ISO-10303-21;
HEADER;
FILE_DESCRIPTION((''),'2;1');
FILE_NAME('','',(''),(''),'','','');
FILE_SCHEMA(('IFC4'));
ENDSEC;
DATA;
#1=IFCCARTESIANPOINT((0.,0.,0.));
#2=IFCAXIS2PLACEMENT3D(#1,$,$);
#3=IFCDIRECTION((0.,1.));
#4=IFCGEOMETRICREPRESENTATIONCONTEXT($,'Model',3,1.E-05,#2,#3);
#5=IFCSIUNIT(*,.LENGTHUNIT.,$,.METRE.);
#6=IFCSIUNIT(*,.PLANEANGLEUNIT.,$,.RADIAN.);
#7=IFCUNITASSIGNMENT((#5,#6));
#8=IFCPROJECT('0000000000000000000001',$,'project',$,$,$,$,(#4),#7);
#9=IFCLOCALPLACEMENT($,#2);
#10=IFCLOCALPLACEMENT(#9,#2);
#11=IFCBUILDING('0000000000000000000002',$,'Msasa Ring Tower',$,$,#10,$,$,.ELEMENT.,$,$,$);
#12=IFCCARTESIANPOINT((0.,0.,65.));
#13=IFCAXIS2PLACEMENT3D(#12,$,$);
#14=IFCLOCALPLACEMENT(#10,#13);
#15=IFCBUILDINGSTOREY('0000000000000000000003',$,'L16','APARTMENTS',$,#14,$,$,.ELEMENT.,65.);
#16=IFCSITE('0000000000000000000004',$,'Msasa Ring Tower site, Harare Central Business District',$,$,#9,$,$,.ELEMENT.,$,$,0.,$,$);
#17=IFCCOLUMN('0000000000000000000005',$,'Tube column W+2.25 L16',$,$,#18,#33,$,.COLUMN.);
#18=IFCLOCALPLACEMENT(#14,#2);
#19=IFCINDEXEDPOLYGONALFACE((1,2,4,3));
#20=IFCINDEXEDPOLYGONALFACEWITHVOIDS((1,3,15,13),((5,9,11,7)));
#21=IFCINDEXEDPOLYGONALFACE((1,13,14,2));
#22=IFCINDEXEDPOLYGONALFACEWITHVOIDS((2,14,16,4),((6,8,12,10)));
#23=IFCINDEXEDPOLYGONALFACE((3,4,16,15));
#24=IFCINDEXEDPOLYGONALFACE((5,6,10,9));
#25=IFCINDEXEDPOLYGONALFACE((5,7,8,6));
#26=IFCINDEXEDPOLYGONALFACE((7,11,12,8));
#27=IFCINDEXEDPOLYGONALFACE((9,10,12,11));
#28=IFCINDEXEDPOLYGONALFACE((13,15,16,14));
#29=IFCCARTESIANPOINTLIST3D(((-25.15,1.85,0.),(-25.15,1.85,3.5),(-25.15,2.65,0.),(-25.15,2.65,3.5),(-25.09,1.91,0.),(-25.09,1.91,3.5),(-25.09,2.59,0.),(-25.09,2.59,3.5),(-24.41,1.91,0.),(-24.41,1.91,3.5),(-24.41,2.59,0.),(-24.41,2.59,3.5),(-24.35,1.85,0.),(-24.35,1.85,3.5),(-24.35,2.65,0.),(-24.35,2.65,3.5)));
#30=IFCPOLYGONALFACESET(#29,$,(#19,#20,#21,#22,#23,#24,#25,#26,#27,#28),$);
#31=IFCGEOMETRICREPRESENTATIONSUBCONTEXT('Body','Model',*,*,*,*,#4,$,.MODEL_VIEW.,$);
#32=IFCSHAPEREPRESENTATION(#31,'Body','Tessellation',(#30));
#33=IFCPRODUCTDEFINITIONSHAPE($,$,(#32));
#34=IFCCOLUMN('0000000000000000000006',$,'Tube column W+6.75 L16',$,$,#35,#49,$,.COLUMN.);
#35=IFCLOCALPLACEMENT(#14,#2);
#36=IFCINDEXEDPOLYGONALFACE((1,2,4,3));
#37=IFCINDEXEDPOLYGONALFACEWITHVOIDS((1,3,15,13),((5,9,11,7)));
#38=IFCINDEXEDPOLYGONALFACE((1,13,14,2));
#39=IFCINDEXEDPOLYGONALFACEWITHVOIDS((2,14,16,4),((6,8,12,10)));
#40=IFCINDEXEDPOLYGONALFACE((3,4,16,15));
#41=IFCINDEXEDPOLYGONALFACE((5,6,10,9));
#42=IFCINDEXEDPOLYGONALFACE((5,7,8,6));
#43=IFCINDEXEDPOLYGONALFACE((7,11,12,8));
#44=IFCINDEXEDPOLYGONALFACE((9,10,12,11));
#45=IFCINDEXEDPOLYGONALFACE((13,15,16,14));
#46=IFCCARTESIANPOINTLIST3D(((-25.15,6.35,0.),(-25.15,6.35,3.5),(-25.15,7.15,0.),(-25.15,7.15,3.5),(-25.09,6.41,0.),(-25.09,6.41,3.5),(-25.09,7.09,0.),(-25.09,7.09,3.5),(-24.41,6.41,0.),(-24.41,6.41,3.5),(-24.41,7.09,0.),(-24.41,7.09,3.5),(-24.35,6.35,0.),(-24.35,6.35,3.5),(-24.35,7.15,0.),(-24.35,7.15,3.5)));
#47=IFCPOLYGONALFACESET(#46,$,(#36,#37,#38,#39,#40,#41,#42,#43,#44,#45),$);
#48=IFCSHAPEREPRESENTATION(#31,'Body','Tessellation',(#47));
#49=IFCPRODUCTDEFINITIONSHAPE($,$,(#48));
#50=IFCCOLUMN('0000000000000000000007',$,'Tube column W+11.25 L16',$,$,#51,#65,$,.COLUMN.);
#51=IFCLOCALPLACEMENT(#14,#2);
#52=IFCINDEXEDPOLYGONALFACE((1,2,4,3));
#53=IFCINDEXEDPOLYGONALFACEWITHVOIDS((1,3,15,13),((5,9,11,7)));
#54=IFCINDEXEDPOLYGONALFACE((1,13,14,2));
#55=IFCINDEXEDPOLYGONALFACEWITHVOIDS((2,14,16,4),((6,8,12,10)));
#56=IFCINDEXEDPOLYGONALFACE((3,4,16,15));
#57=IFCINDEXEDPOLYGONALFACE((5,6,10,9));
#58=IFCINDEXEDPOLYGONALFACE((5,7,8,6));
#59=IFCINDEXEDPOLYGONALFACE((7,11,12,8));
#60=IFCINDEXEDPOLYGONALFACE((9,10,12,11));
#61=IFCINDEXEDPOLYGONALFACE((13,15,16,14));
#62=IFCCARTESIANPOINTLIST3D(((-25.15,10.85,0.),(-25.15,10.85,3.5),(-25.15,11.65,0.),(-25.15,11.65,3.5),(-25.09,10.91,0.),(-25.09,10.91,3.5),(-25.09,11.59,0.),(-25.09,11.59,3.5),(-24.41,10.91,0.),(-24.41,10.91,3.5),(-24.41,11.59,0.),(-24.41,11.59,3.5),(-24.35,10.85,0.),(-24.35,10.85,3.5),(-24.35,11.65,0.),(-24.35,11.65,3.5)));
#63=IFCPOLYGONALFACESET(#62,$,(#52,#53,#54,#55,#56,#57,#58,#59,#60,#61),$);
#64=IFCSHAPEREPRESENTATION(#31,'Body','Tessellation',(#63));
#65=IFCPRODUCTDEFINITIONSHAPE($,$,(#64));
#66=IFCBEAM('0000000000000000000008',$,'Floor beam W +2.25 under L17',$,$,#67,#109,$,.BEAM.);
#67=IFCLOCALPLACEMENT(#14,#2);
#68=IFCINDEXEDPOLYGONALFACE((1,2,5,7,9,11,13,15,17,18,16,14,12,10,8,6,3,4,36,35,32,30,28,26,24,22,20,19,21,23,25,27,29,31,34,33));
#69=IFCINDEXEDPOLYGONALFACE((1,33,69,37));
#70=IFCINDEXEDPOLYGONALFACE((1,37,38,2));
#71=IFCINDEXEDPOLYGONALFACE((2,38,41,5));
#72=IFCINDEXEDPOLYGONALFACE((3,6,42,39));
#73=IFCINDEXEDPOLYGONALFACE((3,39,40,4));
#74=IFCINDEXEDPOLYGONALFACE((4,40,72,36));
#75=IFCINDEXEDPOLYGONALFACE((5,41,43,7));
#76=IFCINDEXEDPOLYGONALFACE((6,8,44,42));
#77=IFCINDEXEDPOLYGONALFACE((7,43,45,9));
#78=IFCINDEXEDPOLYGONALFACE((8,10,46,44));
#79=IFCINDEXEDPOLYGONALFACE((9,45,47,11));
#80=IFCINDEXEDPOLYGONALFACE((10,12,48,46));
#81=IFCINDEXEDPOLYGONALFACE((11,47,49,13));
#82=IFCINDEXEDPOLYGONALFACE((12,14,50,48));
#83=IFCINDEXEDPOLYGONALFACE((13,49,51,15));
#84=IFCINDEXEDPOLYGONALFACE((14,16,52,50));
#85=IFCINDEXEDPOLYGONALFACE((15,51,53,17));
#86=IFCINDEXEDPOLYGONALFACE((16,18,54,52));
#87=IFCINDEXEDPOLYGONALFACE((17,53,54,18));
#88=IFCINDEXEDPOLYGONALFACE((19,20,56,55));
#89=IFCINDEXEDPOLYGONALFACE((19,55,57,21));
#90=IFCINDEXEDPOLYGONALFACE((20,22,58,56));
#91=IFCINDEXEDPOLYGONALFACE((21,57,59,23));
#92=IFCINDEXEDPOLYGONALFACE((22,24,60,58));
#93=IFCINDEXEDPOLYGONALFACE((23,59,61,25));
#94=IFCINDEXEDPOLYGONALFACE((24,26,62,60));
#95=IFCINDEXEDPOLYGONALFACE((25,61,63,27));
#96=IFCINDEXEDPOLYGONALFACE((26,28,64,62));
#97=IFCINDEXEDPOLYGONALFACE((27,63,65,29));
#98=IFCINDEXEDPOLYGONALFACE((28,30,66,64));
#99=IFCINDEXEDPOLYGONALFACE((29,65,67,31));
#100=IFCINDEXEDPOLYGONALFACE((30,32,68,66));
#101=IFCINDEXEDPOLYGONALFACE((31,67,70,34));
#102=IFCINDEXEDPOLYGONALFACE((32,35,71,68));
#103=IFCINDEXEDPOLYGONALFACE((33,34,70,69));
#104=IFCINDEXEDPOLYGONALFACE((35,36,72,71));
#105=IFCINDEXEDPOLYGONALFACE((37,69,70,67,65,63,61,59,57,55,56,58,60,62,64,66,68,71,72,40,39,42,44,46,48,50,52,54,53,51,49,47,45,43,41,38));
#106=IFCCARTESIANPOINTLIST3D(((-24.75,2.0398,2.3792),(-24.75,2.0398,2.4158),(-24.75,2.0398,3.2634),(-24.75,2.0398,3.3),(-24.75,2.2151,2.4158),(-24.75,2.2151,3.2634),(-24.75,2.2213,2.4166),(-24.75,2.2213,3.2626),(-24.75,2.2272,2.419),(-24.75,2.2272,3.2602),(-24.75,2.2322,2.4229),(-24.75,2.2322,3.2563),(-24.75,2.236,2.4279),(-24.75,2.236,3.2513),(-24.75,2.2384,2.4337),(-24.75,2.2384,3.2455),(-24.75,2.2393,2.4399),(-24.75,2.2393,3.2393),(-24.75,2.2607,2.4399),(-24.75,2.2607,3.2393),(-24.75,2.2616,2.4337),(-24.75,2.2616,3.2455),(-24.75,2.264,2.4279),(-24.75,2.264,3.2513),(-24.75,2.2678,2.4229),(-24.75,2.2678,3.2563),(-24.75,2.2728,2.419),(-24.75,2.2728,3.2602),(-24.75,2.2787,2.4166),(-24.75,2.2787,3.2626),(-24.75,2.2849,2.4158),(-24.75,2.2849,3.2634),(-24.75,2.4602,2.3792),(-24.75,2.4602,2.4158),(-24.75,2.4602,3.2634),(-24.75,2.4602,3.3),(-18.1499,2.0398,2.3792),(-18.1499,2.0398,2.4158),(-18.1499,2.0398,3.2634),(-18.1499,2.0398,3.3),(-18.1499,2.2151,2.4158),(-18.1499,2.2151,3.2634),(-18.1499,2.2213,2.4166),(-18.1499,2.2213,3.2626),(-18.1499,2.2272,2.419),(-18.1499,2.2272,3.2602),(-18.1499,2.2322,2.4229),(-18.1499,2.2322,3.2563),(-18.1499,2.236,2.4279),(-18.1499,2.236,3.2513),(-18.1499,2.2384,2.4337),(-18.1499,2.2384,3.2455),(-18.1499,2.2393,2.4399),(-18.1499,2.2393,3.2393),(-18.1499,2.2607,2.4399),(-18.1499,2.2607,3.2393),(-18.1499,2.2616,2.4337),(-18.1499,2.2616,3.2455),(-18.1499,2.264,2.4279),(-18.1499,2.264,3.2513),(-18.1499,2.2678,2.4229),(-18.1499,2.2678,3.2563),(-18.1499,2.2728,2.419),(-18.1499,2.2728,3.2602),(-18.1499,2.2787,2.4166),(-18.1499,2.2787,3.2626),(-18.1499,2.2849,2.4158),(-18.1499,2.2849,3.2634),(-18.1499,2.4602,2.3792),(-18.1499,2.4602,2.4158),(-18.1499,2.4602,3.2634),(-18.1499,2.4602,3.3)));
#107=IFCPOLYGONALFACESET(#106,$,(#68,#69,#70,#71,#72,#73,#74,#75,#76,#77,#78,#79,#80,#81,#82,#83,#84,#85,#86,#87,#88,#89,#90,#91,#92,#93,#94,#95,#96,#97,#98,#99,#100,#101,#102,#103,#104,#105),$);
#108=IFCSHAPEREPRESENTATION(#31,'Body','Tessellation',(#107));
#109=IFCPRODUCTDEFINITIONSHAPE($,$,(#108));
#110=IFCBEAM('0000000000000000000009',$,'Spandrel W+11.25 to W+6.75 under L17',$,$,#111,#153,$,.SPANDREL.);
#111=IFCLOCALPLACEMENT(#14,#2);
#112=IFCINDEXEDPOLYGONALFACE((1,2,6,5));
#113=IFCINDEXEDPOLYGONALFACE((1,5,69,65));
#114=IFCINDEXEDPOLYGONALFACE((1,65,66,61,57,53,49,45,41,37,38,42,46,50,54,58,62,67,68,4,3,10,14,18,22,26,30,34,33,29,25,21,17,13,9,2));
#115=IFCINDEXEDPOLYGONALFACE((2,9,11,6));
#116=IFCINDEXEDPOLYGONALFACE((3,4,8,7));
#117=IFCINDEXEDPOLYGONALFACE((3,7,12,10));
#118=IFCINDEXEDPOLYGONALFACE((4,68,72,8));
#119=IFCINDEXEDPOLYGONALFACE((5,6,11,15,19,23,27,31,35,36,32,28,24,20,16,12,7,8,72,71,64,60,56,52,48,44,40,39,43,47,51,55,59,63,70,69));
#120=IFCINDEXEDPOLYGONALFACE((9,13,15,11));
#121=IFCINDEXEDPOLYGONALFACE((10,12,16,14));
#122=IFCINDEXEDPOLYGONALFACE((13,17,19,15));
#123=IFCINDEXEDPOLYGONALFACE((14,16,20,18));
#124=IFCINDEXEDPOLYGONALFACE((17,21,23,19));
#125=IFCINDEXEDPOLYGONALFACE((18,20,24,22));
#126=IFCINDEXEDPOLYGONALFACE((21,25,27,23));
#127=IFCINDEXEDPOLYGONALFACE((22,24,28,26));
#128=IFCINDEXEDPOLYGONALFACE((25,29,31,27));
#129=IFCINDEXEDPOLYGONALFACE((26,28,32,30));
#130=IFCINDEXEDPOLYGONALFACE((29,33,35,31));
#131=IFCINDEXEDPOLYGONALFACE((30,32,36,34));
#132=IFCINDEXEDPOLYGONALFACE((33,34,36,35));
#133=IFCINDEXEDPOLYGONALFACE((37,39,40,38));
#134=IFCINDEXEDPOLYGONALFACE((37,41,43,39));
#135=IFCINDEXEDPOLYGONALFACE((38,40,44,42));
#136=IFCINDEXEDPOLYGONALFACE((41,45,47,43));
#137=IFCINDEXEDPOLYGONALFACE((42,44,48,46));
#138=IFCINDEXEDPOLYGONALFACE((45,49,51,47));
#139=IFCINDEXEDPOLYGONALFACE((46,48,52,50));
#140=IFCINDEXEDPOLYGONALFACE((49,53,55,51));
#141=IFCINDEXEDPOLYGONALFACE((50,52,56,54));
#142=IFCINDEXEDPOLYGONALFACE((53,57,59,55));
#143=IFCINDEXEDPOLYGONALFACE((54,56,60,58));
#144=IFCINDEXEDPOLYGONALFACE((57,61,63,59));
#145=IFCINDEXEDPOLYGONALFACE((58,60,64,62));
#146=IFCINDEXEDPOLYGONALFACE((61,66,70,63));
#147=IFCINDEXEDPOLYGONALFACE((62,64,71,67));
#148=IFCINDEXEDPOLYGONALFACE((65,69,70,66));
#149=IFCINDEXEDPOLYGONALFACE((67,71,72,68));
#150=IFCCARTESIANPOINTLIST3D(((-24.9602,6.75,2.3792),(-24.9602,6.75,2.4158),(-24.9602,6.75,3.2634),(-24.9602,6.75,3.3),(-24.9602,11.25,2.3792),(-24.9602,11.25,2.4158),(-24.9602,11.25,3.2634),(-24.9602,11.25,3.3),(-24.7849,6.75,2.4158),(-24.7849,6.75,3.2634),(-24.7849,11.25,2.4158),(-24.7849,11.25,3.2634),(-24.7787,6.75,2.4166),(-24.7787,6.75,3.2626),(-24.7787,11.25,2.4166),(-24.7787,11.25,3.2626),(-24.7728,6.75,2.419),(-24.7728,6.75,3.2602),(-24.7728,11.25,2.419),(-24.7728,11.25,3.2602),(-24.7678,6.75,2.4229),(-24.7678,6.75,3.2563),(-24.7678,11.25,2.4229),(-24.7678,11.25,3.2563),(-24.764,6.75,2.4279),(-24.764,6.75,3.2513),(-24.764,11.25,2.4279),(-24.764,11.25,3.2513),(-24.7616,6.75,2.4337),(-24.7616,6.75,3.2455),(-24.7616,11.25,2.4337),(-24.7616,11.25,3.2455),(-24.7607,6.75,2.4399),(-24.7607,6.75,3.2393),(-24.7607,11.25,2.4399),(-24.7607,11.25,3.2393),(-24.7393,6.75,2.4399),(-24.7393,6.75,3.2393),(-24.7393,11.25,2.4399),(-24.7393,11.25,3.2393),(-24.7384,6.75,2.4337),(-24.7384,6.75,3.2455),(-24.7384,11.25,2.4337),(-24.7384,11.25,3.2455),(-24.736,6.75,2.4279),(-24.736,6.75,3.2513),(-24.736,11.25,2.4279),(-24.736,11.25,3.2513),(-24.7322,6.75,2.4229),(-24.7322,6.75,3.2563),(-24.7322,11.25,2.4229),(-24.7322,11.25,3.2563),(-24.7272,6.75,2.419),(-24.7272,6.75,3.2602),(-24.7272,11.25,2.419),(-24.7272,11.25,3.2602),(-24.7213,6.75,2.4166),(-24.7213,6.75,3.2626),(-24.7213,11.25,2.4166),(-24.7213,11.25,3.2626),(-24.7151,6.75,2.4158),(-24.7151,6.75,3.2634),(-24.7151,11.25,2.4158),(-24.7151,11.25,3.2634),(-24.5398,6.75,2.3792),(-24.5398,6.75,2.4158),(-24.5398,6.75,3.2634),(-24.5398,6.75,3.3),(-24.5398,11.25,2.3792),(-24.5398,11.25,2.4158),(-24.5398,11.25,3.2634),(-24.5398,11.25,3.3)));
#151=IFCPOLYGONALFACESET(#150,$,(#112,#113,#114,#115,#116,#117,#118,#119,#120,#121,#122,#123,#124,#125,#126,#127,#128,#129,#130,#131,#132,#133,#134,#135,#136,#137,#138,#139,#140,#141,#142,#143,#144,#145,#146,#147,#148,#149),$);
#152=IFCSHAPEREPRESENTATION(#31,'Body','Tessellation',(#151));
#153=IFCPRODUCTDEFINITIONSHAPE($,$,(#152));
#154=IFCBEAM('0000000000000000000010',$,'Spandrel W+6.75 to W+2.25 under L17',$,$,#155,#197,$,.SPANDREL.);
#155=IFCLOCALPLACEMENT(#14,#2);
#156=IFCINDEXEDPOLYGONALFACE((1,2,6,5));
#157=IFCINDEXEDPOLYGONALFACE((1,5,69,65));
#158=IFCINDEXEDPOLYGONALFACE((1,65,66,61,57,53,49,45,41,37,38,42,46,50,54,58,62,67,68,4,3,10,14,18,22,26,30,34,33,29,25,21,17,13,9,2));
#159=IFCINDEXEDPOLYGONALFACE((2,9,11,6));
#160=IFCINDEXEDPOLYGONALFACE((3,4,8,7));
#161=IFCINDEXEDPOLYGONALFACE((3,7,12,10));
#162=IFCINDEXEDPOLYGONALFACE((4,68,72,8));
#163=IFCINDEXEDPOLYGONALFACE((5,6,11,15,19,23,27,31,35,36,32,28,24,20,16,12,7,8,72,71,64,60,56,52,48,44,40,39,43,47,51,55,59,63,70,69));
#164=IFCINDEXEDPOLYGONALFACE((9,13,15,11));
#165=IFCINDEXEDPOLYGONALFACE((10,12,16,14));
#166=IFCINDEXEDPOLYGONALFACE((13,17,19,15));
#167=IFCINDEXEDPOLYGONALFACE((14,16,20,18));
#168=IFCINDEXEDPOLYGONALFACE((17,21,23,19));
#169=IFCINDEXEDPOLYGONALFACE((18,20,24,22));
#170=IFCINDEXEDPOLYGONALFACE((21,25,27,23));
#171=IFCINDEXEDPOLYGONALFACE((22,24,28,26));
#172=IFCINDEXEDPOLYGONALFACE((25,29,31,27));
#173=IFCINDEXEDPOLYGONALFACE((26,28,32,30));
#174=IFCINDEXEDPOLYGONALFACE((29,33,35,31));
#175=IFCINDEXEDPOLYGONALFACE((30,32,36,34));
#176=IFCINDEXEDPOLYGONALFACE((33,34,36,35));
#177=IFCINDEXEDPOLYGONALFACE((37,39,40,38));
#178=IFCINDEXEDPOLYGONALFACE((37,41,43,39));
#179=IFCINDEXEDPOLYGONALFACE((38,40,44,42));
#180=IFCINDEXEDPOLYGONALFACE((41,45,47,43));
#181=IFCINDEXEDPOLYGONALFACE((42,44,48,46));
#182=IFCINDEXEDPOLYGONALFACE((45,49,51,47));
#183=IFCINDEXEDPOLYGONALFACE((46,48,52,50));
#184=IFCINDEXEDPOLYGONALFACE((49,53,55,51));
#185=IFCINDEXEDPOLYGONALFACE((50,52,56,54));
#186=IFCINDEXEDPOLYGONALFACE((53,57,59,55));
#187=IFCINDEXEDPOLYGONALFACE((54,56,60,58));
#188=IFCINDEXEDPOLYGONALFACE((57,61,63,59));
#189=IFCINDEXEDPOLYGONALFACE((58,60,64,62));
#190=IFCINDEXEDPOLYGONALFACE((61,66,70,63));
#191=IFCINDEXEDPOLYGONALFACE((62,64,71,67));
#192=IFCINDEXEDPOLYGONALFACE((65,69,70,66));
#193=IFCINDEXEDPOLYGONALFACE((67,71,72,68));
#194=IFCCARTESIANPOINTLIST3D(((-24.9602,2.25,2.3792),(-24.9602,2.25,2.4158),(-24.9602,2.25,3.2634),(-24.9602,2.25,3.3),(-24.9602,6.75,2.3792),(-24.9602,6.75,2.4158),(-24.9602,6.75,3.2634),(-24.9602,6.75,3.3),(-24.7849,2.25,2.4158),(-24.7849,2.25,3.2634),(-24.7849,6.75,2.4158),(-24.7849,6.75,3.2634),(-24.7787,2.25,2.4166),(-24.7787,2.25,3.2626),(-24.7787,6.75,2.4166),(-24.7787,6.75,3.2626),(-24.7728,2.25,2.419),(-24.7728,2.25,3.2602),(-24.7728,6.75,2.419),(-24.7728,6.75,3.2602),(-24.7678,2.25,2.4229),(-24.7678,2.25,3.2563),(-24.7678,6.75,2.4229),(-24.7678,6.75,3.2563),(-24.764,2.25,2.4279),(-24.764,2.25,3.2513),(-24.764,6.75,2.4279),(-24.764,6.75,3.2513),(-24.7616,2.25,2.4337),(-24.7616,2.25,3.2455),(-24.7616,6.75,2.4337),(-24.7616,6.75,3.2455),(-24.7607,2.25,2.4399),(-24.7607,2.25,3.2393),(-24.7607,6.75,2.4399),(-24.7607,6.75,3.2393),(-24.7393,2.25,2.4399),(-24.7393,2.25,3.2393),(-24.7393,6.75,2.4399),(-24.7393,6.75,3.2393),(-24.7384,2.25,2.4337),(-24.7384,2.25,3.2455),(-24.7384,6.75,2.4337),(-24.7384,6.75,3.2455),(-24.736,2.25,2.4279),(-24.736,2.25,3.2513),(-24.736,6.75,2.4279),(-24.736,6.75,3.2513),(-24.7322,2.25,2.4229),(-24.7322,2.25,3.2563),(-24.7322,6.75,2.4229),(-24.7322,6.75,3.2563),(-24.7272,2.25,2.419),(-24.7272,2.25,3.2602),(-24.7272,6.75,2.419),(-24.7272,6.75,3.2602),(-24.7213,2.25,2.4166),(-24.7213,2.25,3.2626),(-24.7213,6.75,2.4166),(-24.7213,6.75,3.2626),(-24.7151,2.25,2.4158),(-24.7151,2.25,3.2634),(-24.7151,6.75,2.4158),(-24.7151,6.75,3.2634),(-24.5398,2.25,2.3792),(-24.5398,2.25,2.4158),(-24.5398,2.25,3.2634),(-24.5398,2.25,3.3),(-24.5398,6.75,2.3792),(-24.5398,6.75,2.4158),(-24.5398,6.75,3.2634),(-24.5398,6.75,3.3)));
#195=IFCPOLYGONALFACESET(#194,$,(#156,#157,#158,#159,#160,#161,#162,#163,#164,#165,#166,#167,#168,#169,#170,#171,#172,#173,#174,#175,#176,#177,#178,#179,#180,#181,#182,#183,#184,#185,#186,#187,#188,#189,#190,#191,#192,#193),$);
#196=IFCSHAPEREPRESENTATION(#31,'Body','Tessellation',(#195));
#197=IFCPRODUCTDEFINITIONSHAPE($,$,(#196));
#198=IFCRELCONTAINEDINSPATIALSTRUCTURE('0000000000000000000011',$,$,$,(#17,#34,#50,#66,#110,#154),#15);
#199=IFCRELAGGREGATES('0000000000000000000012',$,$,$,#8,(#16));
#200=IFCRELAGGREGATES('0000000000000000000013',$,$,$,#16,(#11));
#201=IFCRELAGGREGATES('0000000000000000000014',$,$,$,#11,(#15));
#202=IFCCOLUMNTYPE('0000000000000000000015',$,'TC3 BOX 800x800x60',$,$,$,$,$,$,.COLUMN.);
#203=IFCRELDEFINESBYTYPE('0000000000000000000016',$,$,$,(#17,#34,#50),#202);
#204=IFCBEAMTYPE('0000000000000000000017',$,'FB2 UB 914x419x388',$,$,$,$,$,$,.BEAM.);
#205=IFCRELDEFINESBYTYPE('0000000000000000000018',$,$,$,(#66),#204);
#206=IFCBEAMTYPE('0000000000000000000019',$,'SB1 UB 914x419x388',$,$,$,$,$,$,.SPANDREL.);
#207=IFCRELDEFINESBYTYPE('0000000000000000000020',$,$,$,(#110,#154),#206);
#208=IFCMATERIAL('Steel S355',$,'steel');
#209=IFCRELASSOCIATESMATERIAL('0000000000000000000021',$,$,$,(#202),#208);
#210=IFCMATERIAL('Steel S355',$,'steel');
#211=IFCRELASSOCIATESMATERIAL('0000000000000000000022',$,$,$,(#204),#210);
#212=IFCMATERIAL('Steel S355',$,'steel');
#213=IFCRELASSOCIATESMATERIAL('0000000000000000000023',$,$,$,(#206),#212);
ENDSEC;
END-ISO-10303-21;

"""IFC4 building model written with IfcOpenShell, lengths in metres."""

from ifc_helpers import new_model, si_unit, direction, frame, origin, origin_2d, place, context, subcontext, project, spatial, hollow_rectangle, i_section, extrude, material, material_profile, profile_set, type_object, element, save


model = new_model("IFC4")

# Units and contexts
model_context = context("Model", 3, precision=1e-05, world=origin(), true_north=direction((0.0, 1.0)))
body_context = subcontext(model_context, "Body", "Model", "MODEL_VIEW")
ifc_project = project(units=[si_unit("LENGTHUNIT", "METRE"), si_unit("PLANEANGLEUNIT", "RADIAN")], contexts=[model_context])

# Site, building, storey
site_placement = place(None, origin())
site = spatial("IfcSite", under=ifc_project, at=site_placement, Name="Msasa Ring Tower site, Harare Central Business District", CompositionType="ELEMENT", RefElevation=0.0)
building_placement = place(site_placement, origin())
building = spatial("IfcBuilding", under=site, at=building_placement, Name="Msasa Ring Tower", CompositionType="ELEMENT")
storey_placement = place(building_placement, frame((0.0, 0.0, 65.0)))
storey = spatial("IfcBuildingStorey", under=building, at=storey_placement, Name="L16", Description="APARTMENTS", CompositionType="ELEMENT", Elevation=65.0)

# Columns
ifc_material_1 = material(Name="Steel S355", Category="steel")
ifc_material_profile_1 = material_profile(ifc_material_1, hollow_rectangle(XDim=0.8, YDim=0.8, WallThickness=0.0601, at=origin_2d()), Name="BOX 800x800x60")
ifc_profile_set_1 = profile_set([ifc_material_profile_1], Name="Steel S355")
column_type = type_object("IfcColumnType", Name="TC3 BOX 800x800x60", PredefinedType="COLUMN", material=ifc_profile_set_1)
for number, where, z_axis, x_axis, name in (
    (1, (-24.75, 2.25, 0.0), (0.0, 0.0, 1.0), (1.0, 0.0, 0.0), "Tube column W+2.25 L16"),
    (2, (-24.75, 6.75, 0.0), (0.0, 0.0, 1.0), (1.0, 0.0, 0.0), "Tube column W+6.75 L16"),
    (3, (-24.75, 11.25, 0.0), (0.0, 0.0, 1.0), (1.0, 0.0, 0.0), "Tube column W+11.25 L16"),
):
    element("IfcColumn", number, at=place(storey_placement, frame(where, z_axis=z_axis, x_axis=x_axis)), inside=storey, type_object=column_type, Name=name, PredefinedType="COLUMN", context=body_context, shape_type="SweptSolid", body=[
        extrude(hollow_rectangle(XDim=0.8, YDim=0.8, WallThickness=0.0601, at=origin_2d()), origin(), (0.0, 0.0, 1.0), 3.5),
    ])

# Beams
ifc_material_2 = material(Name="Steel S355", Category="steel")
ifc_material_profile_2 = material_profile(ifc_material_2, i_section(OverallWidth=0.4204, OverallDepth=0.9209, WebThickness=0.0215, FlangeThickness=0.0366, FilletRadius=0.0242, at=origin_2d()), Name="UB 914x419x388")
ifc_profile_set_2 = profile_set([ifc_material_profile_2], Name="Steel S355")
beam_type_1 = type_object("IfcBeamType", Name="FB2 UB 914x419x388", PredefinedType="BEAM", material=ifc_profile_set_2)
beam_placement = place(storey_placement, frame((-24.75, 2.25, 2.8396), z_axis=(1.0, 0.0, 0.0), x_axis=(0.0, 1.0, 0.0)))
element("IfcBeam", 4, at=beam_placement, inside=storey, type_object=beam_type_1, Name="Floor beam W +2.25 under L17", PredefinedType="BEAM", context=body_context, shape_type="SweptSolid", body=[
    extrude(i_section(OverallWidth=0.4204, OverallDepth=0.9209, WebThickness=0.0215, FlangeThickness=0.0366, FilletRadius=0.0242, at=origin_2d()), origin(), (0.0, 0.0, 1.0), 6.6001),
])
ifc_material_3 = material(Name="Steel S355", Category="steel")
ifc_material_profile_3 = material_profile(ifc_material_3, i_section(OverallWidth=0.4204, OverallDepth=0.9209, WebThickness=0.0215, FlangeThickness=0.0366, FilletRadius=0.0242, at=origin_2d()), Name="UB 914x419x388")
ifc_profile_set_3 = profile_set([ifc_material_profile_3], Name="Steel S355")
beam_type_2 = type_object("IfcBeamType", Name="SB1 UB 914x419x388", PredefinedType="SPANDREL", material=ifc_profile_set_3)
for number, where, z_axis, x_axis, name in (
    (5, (-24.75, 11.25, 2.8396), (0.0, -1.0, 0.0), (1.0, 0.0, 0.0), "Spandrel W+11.25 to W+6.75 under L17"),
    (6, (-24.75, 6.75, 2.8396), (0.0, -1.0, 0.0), (1.0, 0.0, 0.0), "Spandrel W+6.75 to W+2.25 under L17"),
):
    element("IfcBeam", number, at=place(storey_placement, frame(where, z_axis=z_axis, x_axis=x_axis)), inside=storey, type_object=beam_type_2, Name=name, PredefinedType="SPANDREL", context=body_context, shape_type="SweptSolid", body=[
        extrude(i_section(OverallWidth=0.4204, OverallDepth=0.9209, WebThickness=0.0215, FlangeThickness=0.0366, FilletRadius=0.0242, at=origin_2d()), origin(), (0.0, 0.0, 1.0), 4.5),
    ])

save(model, "model.ifc")
